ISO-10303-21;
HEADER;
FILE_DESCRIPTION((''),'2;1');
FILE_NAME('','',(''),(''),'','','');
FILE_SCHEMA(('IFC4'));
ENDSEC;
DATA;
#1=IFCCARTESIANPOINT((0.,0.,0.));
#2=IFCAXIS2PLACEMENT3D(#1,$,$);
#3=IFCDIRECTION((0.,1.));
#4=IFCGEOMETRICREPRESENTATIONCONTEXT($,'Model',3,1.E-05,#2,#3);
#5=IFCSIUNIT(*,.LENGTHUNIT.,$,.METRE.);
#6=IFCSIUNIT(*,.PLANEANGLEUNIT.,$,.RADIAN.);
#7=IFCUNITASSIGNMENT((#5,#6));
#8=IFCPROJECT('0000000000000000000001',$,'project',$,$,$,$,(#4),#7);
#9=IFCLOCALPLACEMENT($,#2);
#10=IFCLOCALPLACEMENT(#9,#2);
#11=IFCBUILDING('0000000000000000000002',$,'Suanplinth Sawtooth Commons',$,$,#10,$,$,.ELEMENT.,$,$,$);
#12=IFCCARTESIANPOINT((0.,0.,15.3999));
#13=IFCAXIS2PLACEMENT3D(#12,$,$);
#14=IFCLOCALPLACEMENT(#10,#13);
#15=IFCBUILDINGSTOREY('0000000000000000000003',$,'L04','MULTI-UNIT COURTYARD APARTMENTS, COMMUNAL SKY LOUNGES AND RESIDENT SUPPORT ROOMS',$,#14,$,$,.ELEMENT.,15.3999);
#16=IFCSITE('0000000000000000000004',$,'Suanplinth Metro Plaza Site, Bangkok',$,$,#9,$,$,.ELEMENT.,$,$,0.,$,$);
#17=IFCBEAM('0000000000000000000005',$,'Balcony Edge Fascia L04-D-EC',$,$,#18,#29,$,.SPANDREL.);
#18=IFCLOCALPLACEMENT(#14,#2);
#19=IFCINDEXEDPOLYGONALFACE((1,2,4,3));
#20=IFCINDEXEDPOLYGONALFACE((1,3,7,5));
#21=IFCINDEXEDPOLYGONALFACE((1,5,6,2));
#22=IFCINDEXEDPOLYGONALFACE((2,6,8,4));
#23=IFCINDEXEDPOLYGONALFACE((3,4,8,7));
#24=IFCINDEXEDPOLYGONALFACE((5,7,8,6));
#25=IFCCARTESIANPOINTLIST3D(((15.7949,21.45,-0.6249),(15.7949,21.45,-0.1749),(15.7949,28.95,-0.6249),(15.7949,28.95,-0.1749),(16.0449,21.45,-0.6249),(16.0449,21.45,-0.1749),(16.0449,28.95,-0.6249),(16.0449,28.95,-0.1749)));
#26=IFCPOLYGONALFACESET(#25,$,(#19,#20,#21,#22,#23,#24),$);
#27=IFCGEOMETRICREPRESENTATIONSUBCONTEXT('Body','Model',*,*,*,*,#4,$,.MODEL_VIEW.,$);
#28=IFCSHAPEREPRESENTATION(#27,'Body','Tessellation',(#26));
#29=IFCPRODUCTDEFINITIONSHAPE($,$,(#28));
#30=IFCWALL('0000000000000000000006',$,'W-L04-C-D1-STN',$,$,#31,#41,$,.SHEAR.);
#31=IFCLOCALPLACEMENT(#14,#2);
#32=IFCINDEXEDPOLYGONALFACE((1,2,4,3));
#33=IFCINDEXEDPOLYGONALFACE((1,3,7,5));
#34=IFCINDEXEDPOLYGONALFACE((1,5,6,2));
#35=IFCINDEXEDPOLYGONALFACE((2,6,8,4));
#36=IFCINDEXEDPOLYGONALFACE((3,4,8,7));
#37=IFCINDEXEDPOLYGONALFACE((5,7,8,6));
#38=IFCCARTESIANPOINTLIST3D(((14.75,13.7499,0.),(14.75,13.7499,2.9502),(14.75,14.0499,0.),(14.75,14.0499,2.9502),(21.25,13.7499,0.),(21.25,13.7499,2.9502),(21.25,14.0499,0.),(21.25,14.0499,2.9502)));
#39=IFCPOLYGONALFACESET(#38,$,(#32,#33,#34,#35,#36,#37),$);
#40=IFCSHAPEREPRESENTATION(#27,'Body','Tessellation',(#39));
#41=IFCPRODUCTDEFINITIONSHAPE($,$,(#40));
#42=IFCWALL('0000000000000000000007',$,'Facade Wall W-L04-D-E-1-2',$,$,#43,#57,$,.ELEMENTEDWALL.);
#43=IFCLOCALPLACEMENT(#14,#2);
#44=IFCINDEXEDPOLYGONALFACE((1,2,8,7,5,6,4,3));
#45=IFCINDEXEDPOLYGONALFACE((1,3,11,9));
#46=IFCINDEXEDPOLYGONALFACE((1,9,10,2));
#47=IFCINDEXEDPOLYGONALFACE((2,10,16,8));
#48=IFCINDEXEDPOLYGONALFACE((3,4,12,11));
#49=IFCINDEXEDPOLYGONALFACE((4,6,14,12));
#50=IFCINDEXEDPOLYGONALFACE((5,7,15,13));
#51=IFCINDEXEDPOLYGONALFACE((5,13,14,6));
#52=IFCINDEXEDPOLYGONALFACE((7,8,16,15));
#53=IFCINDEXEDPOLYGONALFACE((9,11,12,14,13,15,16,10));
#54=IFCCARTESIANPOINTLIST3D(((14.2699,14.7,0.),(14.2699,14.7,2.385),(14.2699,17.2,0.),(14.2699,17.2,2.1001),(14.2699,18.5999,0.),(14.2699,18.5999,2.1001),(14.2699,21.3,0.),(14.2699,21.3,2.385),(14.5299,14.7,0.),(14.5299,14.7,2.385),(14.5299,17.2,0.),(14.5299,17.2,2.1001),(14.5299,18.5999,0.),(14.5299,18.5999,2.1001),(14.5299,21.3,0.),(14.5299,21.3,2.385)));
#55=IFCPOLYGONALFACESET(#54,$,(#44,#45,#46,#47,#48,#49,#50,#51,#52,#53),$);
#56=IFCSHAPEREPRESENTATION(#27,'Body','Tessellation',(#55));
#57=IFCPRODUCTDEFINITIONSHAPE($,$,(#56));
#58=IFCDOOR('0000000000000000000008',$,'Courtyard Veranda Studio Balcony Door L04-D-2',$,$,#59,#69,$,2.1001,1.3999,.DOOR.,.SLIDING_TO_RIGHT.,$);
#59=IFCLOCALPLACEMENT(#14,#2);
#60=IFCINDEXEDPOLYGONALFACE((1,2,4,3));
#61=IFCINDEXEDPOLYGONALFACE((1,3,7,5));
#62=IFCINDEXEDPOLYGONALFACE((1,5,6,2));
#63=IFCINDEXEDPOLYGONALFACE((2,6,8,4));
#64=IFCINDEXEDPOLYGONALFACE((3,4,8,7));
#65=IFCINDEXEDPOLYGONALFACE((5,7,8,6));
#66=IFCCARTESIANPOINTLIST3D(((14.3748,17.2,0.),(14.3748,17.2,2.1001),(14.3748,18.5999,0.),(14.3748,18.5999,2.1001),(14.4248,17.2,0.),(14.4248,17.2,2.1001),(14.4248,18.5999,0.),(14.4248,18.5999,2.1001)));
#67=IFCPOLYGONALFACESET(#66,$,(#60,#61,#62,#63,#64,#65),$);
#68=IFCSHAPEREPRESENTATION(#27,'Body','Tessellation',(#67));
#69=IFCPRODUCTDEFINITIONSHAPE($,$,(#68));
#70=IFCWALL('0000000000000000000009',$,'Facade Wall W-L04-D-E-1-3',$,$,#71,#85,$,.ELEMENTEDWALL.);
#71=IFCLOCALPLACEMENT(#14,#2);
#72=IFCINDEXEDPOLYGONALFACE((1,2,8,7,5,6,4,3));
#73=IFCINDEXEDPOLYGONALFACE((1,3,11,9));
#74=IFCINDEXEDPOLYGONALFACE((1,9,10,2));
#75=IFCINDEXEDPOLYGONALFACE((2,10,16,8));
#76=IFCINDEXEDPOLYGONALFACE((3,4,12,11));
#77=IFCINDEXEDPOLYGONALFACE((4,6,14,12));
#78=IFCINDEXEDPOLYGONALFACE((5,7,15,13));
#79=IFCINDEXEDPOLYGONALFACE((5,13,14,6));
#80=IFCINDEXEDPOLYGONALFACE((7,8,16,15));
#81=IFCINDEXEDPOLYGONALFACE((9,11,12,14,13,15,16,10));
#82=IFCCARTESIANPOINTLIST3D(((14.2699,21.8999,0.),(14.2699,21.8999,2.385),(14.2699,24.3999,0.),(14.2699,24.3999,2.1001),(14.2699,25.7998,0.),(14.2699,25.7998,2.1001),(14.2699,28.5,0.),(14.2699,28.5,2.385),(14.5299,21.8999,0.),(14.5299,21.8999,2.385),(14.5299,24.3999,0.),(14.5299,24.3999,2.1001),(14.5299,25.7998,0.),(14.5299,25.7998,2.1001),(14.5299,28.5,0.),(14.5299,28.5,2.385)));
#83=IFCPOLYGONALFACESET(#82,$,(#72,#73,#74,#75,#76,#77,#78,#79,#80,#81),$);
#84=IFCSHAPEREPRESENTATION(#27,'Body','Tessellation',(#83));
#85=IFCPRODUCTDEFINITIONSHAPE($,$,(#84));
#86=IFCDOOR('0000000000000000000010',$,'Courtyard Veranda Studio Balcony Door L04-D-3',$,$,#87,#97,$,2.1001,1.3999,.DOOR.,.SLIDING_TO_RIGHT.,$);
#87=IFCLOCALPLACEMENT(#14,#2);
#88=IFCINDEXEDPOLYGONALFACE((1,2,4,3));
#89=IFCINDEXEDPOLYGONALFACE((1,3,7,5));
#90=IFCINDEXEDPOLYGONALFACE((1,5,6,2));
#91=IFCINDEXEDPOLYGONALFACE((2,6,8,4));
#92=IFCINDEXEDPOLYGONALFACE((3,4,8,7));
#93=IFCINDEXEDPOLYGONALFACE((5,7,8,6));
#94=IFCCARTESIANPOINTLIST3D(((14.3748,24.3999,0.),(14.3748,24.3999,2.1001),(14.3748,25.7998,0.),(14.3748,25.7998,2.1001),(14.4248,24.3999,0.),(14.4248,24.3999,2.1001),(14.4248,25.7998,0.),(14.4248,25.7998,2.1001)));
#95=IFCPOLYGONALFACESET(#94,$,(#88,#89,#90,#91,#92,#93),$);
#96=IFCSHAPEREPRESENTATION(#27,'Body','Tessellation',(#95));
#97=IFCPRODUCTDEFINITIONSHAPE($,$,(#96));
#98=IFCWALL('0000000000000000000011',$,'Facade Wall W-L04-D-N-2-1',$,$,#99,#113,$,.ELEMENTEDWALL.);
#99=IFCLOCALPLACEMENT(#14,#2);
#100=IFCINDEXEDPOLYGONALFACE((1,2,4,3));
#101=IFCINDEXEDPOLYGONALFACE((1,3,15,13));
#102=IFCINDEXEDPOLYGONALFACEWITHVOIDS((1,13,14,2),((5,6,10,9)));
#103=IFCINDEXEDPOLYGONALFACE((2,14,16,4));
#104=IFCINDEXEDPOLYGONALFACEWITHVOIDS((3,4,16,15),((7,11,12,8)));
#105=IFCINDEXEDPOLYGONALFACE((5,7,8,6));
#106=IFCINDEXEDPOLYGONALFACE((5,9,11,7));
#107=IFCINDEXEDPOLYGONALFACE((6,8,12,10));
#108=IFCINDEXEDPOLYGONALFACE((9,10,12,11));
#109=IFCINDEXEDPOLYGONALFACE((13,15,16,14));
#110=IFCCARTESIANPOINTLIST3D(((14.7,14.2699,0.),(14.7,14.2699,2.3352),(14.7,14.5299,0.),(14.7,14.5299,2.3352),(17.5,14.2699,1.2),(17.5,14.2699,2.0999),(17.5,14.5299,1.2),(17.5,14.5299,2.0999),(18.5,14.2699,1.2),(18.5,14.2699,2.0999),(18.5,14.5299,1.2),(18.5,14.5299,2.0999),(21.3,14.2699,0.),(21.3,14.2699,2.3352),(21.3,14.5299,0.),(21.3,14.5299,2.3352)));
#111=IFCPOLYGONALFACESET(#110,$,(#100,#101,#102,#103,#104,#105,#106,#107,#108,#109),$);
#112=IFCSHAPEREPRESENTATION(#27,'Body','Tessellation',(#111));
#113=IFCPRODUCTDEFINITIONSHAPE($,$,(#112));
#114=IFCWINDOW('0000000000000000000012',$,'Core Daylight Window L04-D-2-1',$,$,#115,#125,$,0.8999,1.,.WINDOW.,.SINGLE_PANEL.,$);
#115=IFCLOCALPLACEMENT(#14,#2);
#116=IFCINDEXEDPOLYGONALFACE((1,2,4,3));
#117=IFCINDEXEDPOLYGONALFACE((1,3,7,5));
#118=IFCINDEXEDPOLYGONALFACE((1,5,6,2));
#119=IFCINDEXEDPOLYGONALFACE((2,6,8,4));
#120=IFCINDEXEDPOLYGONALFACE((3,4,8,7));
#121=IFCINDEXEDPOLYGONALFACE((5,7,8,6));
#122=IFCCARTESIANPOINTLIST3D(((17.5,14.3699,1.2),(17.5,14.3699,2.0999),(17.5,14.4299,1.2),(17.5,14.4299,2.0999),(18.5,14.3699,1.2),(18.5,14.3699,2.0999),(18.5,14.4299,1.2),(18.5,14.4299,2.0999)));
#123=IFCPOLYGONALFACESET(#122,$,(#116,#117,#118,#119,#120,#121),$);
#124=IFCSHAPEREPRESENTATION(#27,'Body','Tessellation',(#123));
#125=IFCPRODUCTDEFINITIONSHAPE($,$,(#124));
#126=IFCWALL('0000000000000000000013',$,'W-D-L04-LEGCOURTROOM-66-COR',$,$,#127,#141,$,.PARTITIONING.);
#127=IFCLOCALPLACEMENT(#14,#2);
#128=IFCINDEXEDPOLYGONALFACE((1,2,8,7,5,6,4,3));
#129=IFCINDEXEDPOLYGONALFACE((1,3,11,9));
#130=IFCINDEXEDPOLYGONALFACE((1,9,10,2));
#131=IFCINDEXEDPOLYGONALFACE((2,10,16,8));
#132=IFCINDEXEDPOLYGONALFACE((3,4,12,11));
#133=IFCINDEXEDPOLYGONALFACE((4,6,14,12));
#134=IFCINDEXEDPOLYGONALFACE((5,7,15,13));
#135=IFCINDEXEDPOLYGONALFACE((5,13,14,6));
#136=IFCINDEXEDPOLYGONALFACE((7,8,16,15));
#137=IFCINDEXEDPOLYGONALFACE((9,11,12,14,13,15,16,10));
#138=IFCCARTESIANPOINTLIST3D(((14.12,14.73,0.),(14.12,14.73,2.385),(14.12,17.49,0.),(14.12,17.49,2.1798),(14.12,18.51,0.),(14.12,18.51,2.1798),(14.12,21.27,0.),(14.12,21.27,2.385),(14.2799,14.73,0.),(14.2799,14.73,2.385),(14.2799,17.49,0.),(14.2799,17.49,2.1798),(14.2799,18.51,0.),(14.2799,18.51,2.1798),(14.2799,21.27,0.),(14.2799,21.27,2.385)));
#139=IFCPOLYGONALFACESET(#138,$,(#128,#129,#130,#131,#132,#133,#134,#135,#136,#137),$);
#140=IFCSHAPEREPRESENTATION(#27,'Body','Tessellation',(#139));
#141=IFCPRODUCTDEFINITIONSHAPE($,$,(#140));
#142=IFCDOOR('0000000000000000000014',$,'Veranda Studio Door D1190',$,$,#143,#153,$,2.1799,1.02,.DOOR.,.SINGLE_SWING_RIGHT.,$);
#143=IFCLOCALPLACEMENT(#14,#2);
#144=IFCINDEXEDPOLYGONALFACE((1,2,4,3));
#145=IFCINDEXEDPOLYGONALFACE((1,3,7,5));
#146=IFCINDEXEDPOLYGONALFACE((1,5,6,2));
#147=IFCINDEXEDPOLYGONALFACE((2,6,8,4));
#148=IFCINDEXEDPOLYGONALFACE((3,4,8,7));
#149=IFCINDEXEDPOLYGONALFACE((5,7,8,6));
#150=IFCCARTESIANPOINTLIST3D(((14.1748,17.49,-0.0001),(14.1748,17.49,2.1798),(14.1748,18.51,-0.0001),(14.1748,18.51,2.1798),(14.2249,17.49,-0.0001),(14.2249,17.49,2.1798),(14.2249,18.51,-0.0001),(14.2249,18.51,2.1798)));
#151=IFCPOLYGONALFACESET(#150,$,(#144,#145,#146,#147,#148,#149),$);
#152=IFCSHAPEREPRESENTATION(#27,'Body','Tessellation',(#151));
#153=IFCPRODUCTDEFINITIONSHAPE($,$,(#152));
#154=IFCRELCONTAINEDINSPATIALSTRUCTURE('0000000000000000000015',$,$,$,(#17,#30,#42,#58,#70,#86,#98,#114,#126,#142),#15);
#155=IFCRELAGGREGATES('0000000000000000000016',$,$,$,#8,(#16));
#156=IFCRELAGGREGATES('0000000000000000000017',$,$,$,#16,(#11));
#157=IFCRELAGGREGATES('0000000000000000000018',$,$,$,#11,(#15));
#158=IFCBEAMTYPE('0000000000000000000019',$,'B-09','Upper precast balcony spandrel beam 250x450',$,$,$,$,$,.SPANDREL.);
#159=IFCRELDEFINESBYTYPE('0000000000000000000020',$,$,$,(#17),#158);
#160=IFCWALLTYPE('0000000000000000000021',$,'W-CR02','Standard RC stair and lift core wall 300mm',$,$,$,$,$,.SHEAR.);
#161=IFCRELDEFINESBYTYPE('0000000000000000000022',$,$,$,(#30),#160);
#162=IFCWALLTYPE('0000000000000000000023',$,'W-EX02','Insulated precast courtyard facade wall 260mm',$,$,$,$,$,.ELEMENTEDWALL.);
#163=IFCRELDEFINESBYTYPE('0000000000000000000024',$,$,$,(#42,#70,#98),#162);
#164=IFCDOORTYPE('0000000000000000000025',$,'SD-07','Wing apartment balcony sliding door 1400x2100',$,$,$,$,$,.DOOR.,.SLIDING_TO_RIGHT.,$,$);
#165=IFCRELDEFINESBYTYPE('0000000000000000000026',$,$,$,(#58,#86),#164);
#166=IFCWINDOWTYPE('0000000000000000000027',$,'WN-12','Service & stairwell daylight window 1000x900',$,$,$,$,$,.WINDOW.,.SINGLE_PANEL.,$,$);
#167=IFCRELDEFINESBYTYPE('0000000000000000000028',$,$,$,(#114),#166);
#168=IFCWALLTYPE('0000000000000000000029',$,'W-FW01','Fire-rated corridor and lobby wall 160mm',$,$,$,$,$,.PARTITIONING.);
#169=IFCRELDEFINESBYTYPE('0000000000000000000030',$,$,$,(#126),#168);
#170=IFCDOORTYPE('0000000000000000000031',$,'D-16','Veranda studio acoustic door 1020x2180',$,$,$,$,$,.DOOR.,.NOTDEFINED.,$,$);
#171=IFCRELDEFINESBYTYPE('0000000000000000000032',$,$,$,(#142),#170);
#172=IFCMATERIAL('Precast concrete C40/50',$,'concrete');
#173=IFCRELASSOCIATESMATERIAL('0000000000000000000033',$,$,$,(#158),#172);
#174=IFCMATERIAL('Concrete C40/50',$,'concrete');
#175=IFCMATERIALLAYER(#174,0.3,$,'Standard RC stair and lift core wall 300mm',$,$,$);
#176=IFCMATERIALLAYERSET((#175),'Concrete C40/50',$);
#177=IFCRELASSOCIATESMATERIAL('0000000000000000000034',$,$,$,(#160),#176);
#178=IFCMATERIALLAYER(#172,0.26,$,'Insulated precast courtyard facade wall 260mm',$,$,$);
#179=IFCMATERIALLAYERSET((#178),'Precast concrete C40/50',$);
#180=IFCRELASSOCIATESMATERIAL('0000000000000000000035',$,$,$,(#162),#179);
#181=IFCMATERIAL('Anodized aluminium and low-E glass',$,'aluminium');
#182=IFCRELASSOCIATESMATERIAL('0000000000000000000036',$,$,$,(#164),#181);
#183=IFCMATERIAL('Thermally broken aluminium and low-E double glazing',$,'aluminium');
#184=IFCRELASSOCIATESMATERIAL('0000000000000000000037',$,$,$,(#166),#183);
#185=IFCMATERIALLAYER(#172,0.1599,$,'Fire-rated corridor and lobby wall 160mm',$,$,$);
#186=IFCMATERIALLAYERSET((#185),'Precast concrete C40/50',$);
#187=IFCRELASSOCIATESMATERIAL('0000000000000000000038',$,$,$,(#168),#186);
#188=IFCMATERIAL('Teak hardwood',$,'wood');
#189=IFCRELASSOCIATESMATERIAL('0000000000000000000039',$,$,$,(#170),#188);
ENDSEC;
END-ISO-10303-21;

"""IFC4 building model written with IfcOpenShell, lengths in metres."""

from ifc_helpers import new_model, si_unit, direction, frame, frame_2d, origin, origin_2d, place, context, subcontext, project, spatial, rectangle, extrude, material, layer, layer_set, material_profile, profile_set, type_object, element, fill, save


model = new_model("IFC4")

# Units and contexts
model_context = context("Model", 3, precision=1e-05, world=origin(), true_north=direction((0.0, 1.0)))
body_context = subcontext(model_context, "Body", "Model", "MODEL_VIEW")
ifc_project = project(units=[si_unit("LENGTHUNIT", "METRE"), si_unit("PLANEANGLEUNIT", "RADIAN")], contexts=[model_context])

# Site, building, storey
site_placement = place(None, origin())
site = spatial("IfcSite", under=ifc_project, at=site_placement, Name="Suanplinth Metro Plaza Site, Bangkok", CompositionType="ELEMENT", RefElevation=0.0)
building_placement = place(site_placement, origin())
building = spatial("IfcBuilding", under=site, at=building_placement, Name="Suanplinth Sawtooth Commons", CompositionType="ELEMENT")
storey_placement = place(building_placement, frame((0.0, 0.0, 15.3999)))
storey = spatial("IfcBuildingStorey", under=building, at=storey_placement, Name="L04", Description="MULTI-UNIT COURTYARD APARTMENTS, COMMUNAL SKY LOUNGES AND RESIDENT SUPPORT ROOMS", CompositionType="ELEMENT", Elevation=15.3999)

# Shared definitions
ifc_material_1 = material(Name="Precast concrete C40/50", Category="concrete")

# Beam
ifc_material_profile_1 = material_profile(ifc_material_1, rectangle(XDim=0.25, YDim=0.45, at=origin_2d()), Name="PC-SP 250x450")
ifc_profile_set_1 = profile_set([ifc_material_profile_1], Name="Precast concrete C40/50")
beam_type_1 = type_object("IfcBeamType", Name="B-09", Description="Upper precast balcony spandrel beam 250x450", PredefinedType="SPANDREL", material=ifc_profile_set_1)
beam_1_placement = place(storey_placement, frame((15.9199, 21.45, -0.3999), z_axis=(0.0, 1.0, 0.0), x_axis=(-1.0, 0.0, 0.0)))
element("IfcBeam", 1, at=beam_1_placement, inside=storey, type_object=beam_type_1, Name="Balcony Edge Fascia L04-D-EC", PredefinedType="SPANDREL", context=body_context, shape_type="SweptSolid", body=[
    extrude(rectangle(XDim=0.25, YDim=0.45, at=origin_2d()), origin(), (0.0, 0.0, 1.0), 7.5),
])

# Wall
ifc_material_2 = material(Name="Concrete C40/50", Category="concrete")
ifc_layer_1 = layer(ifc_material_2, 0.3, Name="Standard RC stair and lift core wall 300mm")
ifc_layer_set_1 = layer_set([ifc_layer_1], Name="Concrete C40/50")
wall_type_1 = type_object("IfcWallType", Name="W-CR02", Description="Standard RC stair and lift core wall 300mm", PredefinedType="SHEAR", material=ifc_layer_set_1)
wall_1_placement = place(storey_placement, frame((14.75, 13.8999, 0.0), z_axis=(0.0, 0.0, 1.0), x_axis=(1.0, 0.0, 0.0)))
element("IfcWall", 2, at=wall_1_placement, inside=storey, type_object=wall_type_1, Name="W-L04-C-D1-STN", PredefinedType="SHEAR", context=body_context, shape_type="SweptSolid", body=[
    extrude(rectangle(XDim=6.5, YDim=0.3, at=frame_2d((3.25, 0.0))), origin(), (0.0, 0.0, 1.0), 2.9502),
])

# Walls, openings, doors
ifc_layer_2 = layer(ifc_material_1, 0.26, Name="Insulated precast courtyard facade wall 260mm")
ifc_layer_set_2 = layer_set([ifc_layer_2], Name="Precast concrete C40/50")
wall_type_2 = type_object("IfcWallType", Name="W-EX02", Description="Insulated precast courtyard facade wall 260mm", PredefinedType="ELEMENTEDWALL", material=ifc_layer_set_2)
wall_2_placement = place(storey_placement, frame((14.3999, 14.7, 0.0), z_axis=(0.0, 0.0, 1.0), x_axis=(0.0, 1.0, 0.0)))
wall_2 = element("IfcWall", 3, at=wall_2_placement, inside=storey, type_object=wall_type_2, Name="Facade Wall W-L04-D-E-1-2", PredefinedType="ELEMENTEDWALL", context=body_context, shape_type="SweptSolid", body=[
    extrude(rectangle(XDim=6.6001, YDim=0.26, at=frame_2d((3.3, 0.0))), origin(), (0.0, 0.0, 1.0), 2.385),
])
opening_1_placement = place(wall_2_placement, frame((2.5, 0.0, 0.0)))
opening_1 = element("IfcOpeningElement", 4, at=opening_1_placement, cuts=wall_2, PredefinedType="OPENING", context=body_context, shape_type="SweptSolid", body=[
    extrude(rectangle(XDim=1.3999, YDim=2.1001, at=frame_2d((0.7, 1.05))), frame((0.0, 0.145, 0.0), z_axis=(0.0, -1.0, 0.0), x_axis=(1.0, 0.0, 0.0)), (0.0, 0.0, 1.0), 0.2898),
])
ifc_material_3 = material(Name="Anodized aluminium and low-E glass", Category="aluminium")
door_type_1 = type_object("IfcDoorType", Name="SD-07", Description="Wing apartment balcony sliding door 1400x2100", OperationType="SLIDING_TO_RIGHT", PredefinedType="DOOR", material=ifc_material_3)
door_1_placement = place(opening_1_placement, frame((1.3999, 0.0, 0.0), z_axis=(0.0, 0.0, 1.0), x_axis=(-1.0, 0.0, 0.0)))
door_1 = element("IfcDoor", 5, at=door_1_placement, inside=storey, type_object=door_type_1, Name="Courtyard Veranda Studio Balcony Door L04-D-2", OperationType="SLIDING_TO_RIGHT", OverallHeight=2.1001, OverallWidth=1.3999, PredefinedType="DOOR", context=body_context, shape_type="SweptSolid", body=[
    extrude(rectangle(XDim=1.3999, YDim=2.1001, at=frame_2d((0.7, 1.05))), frame((0.0, 0.0249, 0.0), z_axis=(0.0, -1.0, 0.0), x_axis=(1.0, 0.0, 0.0)), (0.0, 0.0, 1.0), 0.05),
])
fill(opening_1, door_1)
wall_3_placement = place(storey_placement, frame((14.3999, 21.8999, 0.0), z_axis=(0.0, 0.0, 1.0), x_axis=(0.0, 1.0, 0.0)))
wall_3 = element("IfcWall", 6, at=wall_3_placement, inside=storey, type_object=wall_type_2, Name="Facade Wall W-L04-D-E-1-3", PredefinedType="ELEMENTEDWALL", context=body_context, shape_type="SweptSolid", body=[
    extrude(rectangle(XDim=6.6001, YDim=0.26, at=frame_2d((3.3, 0.0))), origin(), (0.0, 0.0, 1.0), 2.385),
])
opening_2_placement = place(wall_3_placement, frame((2.5, 0.0, 0.0)))
opening_2 = element("IfcOpeningElement", 7, at=opening_2_placement, cuts=wall_3, PredefinedType="OPENING", context=body_context, shape_type="SweptSolid", body=[
    extrude(rectangle(XDim=1.3999, YDim=2.1001, at=frame_2d((0.7, 1.05))), frame((0.0, 0.145, 0.0), z_axis=(0.0, -1.0, 0.0), x_axis=(1.0, 0.0, 0.0)), (0.0, 0.0, 1.0), 0.2898),
])
door_2_placement = place(opening_2_placement, frame((1.3999, 0.0, 0.0), z_axis=(0.0, 0.0, 1.0), x_axis=(-1.0, 0.0, 0.0)))
door_2 = element("IfcDoor", 8, at=door_2_placement, inside=storey, type_object=door_type_1, Name="Courtyard Veranda Studio Balcony Door L04-D-3", OperationType="SLIDING_TO_RIGHT", OverallHeight=2.1001, OverallWidth=1.3999, PredefinedType="DOOR", context=body_context, shape_type="SweptSolid", body=[
    extrude(rectangle(XDim=1.3999, YDim=2.1001, at=frame_2d((0.7, 1.05))), frame((0.0, 0.0249, 0.0), z_axis=(0.0, -1.0, 0.0), x_axis=(1.0, 0.0, 0.0)), (0.0, 0.0, 1.0), 0.05),
])
fill(opening_2, door_2)

# Wall, opening, window
wall_4_placement = place(storey_placement, frame((14.7, 14.3999, 0.0), z_axis=(0.0, 0.0, 1.0), x_axis=(1.0, 0.0, 0.0)))
wall_4 = element("IfcWall", 9, at=wall_4_placement, inside=storey, type_object=wall_type_2, Name="Facade Wall W-L04-D-N-2-1", PredefinedType="ELEMENTEDWALL", context=body_context, shape_type="SweptSolid", body=[
    extrude(rectangle(XDim=6.6001, YDim=0.26, at=frame_2d((3.3, 0.0))), origin(), (0.0, 0.0, 1.0), 2.3352),
])
opening_3_placement = place(wall_4_placement, frame((2.8, 0.0, 1.2)))
opening_3 = element("IfcOpeningElement", 10, at=opening_3_placement, cuts=wall_4, PredefinedType="OPENING", context=body_context, shape_type="SweptSolid", body=[
    extrude(rectangle(XDim=1.0, YDim=0.8999, at=frame_2d((0.5, 0.45))), frame((0.0, 0.145, 0.0), z_axis=(0.0, -1.0, 0.0), x_axis=(1.0, 0.0, 0.0)), (0.0, 0.0, 1.0), 0.2898),
])
ifc_material_4 = material(Name="Thermally broken aluminium and low-E double glazing", Category="aluminium")
window_type = type_object("IfcWindowType", Name="WN-12", Description="Service & stairwell daylight window 1000x900", PartitioningType="SINGLE_PANEL", PredefinedType="WINDOW", material=ifc_material_4)
window_placement = place(opening_3_placement, origin())
window = element("IfcWindow", 11, at=window_placement, inside=storey, type_object=window_type, Name="Core Daylight Window L04-D-2-1", OverallHeight=0.8999, OverallWidth=1.0, PartitioningType="SINGLE_PANEL", PredefinedType="WINDOW", context=body_context, shape_type="SweptSolid", body=[
    extrude(rectangle(XDim=1.0, YDim=0.8999, at=frame_2d((0.5, 0.45))), frame((0.0, 0.03, 0.0), z_axis=(0.0, -1.0, 0.0), x_axis=(1.0, 0.0, 0.0)), (0.0, 0.0, 1.0), 0.0601),
])
fill(opening_3, window)

# Wall, opening, door
ifc_layer_3 = layer(ifc_material_1, 0.1599, Name="Fire-rated corridor and lobby wall 160mm")
ifc_layer_set_3 = layer_set([ifc_layer_3], Name="Precast concrete C40/50")
wall_type_3 = type_object("IfcWallType", Name="W-FW01", Description="Fire-rated corridor and lobby wall 160mm", PredefinedType="PARTITIONING", material=ifc_layer_set_3)
wall_5_placement = place(storey_placement, frame((14.2, 14.73, 0.0), z_axis=(0.0, 0.0, 1.0), x_axis=(0.0, 1.0, 0.0)))
wall_5 = element("IfcWall", 12, at=wall_5_placement, inside=storey, type_object=wall_type_3, Name="W-D-L04-LEGCOURTROOM-66-COR", PredefinedType="PARTITIONING", context=body_context, shape_type="SweptSolid", body=[
    extrude(rectangle(XDim=6.54, YDim=0.1599, at=frame_2d((3.27, 0.0))), origin(), (0.0, 0.0, 1.0), 2.385),
])
opening_4_placement = place(wall_5_placement, frame((2.76, 0.0, 0.0)))
opening_4 = element("IfcOpeningElement", 13, at=opening_4_placement, cuts=wall_5, PredefinedType="OPENING", context=body_context, shape_type="SweptSolid", body=[
    extrude(rectangle(XDim=1.02, YDim=2.1799, at=frame_2d((0.51, 1.0898))), frame((0.0, 0.0947, 0.0), z_axis=(0.0, -1.0, 0.0), x_axis=(1.0, 0.0, 0.0)), (0.0, 0.0, 1.0), 0.1897),
])
ifc_material_5 = material(Name="Teak hardwood", Category="wood")
door_type_2 = type_object("IfcDoorType", Name="D-16", Description="Veranda studio acoustic door 1020x2180", OperationType="NOTDEFINED", PredefinedType="DOOR", material=ifc_material_5)
door_3_placement = place(opening_4_placement, frame((1.02, 0.0, 0.0), z_axis=(0.0, 0.0, 1.0), x_axis=(-1.0, 0.0, 0.0)))
door_3 = element("IfcDoor", 14, at=door_3_placement, inside=storey, type_object=door_type_2, Name="Veranda Studio Door D1190", OperationType="SINGLE_SWING_RIGHT", OverallHeight=2.1799, OverallWidth=1.02, PredefinedType="DOOR", context=body_context, shape_type="SweptSolid", body=[
    extrude(rectangle(XDim=1.02, YDim=2.1799, at=frame_2d((0.51, 1.0898))), frame((0.0, 0.0249, 0.0), z_axis=(0.0, -1.0, 0.0), x_axis=(1.0, 0.0, 0.0)), (0.0, 0.0, 1.0), 0.05),
])
fill(opening_4, door_3)

save(model, "model.ifc")
